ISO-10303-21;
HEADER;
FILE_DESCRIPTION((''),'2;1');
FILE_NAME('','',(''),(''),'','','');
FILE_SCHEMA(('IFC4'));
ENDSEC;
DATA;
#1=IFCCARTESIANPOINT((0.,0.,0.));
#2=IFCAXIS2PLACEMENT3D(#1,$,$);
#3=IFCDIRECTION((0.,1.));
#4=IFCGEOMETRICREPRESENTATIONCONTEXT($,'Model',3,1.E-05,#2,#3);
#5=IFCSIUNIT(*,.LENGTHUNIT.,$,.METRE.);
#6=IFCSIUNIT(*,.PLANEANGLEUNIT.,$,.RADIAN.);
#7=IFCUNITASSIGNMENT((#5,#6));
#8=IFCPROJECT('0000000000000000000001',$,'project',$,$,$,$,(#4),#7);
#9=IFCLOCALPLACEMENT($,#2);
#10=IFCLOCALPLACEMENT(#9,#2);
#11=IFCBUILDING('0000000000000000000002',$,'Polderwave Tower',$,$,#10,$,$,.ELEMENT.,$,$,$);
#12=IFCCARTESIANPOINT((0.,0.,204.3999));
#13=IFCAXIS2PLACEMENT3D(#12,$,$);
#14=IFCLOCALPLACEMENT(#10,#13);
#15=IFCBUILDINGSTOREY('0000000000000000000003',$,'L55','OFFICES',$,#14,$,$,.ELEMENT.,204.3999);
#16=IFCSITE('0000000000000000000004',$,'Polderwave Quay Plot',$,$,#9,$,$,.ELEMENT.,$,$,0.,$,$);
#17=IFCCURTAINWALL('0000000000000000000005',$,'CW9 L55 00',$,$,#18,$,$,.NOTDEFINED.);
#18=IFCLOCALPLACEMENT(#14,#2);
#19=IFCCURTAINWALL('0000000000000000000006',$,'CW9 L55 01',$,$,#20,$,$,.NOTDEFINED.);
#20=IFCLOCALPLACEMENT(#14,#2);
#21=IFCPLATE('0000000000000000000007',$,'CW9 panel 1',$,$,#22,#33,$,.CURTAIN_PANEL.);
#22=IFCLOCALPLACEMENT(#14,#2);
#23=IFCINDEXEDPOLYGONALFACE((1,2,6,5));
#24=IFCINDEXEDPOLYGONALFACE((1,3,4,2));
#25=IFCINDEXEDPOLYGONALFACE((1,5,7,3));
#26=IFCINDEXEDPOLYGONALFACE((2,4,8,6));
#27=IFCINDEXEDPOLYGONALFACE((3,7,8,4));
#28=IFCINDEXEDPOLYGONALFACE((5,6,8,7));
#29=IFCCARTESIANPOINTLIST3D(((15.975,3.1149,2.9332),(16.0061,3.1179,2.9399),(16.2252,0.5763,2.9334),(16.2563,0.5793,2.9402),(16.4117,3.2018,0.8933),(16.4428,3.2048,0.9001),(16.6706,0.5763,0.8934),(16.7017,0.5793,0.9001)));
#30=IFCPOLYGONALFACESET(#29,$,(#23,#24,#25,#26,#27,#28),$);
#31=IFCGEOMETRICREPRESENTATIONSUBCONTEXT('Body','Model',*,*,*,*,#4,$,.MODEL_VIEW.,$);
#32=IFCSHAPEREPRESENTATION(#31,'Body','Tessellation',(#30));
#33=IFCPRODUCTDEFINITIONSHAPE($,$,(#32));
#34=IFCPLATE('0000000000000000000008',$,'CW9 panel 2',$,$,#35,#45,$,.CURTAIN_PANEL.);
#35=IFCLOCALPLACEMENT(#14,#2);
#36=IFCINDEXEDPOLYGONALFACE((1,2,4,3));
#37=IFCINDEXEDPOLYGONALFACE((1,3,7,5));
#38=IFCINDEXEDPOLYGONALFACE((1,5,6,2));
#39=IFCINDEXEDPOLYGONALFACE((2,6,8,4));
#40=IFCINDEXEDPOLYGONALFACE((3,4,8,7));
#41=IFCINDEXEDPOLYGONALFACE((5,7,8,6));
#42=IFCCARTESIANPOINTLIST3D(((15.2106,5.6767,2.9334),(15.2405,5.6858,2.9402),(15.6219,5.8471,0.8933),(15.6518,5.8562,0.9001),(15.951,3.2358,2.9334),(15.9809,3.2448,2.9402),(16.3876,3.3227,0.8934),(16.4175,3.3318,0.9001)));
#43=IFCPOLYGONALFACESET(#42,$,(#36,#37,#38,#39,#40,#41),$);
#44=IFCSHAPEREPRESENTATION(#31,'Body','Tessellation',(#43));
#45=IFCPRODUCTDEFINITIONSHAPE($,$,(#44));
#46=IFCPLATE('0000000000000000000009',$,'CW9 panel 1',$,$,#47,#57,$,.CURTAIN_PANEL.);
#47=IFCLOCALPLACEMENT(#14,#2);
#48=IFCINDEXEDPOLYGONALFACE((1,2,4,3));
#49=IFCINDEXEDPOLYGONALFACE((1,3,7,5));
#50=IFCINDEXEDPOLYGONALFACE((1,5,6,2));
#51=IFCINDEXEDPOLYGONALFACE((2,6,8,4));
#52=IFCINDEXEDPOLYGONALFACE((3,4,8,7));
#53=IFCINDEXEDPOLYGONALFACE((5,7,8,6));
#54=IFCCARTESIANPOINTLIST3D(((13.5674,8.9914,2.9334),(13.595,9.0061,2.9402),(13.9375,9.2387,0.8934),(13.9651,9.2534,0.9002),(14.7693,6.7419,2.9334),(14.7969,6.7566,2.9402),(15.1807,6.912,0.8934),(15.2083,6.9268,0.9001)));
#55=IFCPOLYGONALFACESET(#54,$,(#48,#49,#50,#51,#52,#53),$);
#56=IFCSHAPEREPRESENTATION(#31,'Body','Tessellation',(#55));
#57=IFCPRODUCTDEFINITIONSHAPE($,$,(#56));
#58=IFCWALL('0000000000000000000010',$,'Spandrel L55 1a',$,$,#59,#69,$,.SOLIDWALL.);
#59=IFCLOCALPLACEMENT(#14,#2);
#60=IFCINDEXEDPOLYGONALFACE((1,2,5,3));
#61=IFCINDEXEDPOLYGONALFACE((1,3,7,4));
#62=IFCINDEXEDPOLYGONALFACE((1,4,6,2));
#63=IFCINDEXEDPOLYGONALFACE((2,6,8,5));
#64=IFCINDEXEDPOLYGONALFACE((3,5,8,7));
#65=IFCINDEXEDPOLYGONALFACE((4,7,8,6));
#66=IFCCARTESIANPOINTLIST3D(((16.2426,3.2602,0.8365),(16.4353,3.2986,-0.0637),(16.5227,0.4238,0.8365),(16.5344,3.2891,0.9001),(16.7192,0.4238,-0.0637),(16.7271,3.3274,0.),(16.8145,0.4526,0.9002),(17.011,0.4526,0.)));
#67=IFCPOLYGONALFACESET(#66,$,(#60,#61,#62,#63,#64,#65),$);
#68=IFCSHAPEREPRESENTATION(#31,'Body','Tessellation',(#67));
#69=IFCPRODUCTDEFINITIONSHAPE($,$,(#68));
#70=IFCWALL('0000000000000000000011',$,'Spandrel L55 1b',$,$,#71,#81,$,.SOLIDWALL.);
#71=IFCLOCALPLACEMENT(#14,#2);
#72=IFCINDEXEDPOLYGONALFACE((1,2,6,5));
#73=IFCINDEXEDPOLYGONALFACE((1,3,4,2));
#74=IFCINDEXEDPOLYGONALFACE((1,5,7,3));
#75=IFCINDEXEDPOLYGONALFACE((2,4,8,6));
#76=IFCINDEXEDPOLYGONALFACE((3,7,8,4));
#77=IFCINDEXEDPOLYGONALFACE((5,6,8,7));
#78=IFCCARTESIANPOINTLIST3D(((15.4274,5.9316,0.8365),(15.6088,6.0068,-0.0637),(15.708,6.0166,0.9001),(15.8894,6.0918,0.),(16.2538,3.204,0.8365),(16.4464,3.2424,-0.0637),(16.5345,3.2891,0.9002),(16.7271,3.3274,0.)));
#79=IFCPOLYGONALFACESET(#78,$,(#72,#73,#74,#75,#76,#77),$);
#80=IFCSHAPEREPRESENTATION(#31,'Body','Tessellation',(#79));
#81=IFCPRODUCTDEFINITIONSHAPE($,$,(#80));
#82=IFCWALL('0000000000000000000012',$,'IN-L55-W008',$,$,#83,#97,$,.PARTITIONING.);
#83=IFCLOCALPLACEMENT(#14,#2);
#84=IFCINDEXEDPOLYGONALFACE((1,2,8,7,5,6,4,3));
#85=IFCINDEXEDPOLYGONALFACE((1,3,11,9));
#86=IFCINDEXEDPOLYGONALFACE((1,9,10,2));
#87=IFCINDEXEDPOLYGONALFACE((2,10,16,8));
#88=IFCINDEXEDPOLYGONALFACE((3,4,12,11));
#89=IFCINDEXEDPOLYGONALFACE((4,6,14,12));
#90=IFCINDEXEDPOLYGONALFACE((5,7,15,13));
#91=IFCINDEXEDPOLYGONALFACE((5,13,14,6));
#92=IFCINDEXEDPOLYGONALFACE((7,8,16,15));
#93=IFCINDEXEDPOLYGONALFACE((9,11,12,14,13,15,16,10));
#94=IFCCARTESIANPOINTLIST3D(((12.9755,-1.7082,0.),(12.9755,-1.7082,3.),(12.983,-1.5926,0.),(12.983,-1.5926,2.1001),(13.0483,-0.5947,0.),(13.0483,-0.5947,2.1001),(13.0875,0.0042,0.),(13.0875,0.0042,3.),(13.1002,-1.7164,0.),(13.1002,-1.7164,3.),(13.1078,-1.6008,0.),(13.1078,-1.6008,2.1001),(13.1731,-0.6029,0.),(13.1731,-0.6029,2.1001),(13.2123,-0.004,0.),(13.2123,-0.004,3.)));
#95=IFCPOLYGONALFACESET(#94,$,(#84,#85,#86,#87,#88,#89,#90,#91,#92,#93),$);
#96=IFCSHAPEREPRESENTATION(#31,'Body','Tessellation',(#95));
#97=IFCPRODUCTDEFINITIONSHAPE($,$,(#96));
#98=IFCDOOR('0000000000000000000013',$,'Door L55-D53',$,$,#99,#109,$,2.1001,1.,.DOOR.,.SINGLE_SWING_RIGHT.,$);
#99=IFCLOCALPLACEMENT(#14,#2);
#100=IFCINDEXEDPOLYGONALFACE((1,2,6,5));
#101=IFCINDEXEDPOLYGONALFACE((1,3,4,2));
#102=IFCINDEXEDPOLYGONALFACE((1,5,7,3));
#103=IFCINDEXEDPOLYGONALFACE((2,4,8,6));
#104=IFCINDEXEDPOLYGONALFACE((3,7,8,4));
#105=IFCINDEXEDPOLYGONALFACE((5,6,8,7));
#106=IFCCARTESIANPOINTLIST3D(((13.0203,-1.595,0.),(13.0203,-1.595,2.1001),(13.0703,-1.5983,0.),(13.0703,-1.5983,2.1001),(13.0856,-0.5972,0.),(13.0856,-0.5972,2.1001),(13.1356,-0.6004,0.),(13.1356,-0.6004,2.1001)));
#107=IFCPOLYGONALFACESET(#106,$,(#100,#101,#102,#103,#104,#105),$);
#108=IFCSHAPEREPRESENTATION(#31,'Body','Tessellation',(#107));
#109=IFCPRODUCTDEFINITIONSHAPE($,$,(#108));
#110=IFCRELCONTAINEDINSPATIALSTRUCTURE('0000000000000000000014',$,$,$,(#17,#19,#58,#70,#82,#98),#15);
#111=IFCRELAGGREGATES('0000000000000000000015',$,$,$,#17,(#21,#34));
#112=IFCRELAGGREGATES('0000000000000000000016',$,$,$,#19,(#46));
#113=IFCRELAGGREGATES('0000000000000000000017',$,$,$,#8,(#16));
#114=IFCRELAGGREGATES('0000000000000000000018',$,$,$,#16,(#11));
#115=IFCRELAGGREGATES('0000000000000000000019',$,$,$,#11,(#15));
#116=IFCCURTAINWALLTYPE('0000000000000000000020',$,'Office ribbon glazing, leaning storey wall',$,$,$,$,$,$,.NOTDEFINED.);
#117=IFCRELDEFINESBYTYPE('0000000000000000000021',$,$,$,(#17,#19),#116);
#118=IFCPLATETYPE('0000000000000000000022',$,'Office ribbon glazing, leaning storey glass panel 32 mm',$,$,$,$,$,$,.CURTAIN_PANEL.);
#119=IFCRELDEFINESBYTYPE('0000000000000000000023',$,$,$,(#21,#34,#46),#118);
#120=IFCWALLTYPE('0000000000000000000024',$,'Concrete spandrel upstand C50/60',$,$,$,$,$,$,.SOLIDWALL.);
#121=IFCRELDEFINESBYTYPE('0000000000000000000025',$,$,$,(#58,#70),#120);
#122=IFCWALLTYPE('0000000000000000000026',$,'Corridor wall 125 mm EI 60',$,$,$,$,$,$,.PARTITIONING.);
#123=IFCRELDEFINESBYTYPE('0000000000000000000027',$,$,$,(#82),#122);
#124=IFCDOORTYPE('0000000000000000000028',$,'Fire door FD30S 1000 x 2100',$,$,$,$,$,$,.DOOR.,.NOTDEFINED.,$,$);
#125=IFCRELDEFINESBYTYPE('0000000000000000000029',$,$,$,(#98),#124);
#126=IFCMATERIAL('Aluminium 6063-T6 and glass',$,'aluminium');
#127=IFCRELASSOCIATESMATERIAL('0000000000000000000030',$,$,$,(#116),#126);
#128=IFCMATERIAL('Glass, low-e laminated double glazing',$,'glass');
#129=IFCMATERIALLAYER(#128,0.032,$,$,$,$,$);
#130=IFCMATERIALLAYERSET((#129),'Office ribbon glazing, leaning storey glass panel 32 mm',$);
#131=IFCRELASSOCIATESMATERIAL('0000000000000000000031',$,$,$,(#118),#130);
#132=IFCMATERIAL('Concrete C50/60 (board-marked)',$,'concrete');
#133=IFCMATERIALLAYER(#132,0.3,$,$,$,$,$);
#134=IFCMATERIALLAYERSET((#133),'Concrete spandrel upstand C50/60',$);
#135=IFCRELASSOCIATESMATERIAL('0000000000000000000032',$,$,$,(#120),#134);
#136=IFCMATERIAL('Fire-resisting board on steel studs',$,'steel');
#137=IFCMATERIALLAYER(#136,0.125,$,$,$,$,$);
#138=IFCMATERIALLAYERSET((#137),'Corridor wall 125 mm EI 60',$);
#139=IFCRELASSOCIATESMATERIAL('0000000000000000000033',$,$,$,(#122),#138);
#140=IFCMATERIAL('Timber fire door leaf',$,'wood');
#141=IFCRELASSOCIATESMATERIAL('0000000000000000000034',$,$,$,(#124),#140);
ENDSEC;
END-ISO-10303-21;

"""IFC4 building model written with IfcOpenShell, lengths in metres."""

from ifc_helpers import new_model, si_unit, direction, frame, frame_2d, origin, place, context, subcontext, project, spatial, polyline, rectangle, outline, extrude, material, layer, layer_set, type_object, element, fill, aggregate, save


model = new_model("IFC4")

# Units and contexts
model_context = context("Model", 3, precision=1e-05, world=origin(), true_north=direction((0.0, 1.0)))
body_context = subcontext(model_context, "Body", "Model", "MODEL_VIEW")
ifc_project = project(units=[si_unit("LENGTHUNIT", "METRE"), si_unit("PLANEANGLEUNIT", "RADIAN")], contexts=[model_context])

# Site, building, storey
site_placement = place(None, origin())
site = spatial("IfcSite", under=ifc_project, at=site_placement, Name="Polderwave Quay Plot", CompositionType="ELEMENT", RefElevation=0.0)
building_placement = place(site_placement, origin())
building = spatial("IfcBuilding", under=site, at=building_placement, Name="Polderwave Tower", CompositionType="ELEMENT")
storey_placement = place(building_placement, frame((0.0, 0.0, 204.3999)))
storey = spatial("IfcBuildingStorey", under=building, at=storey_placement, Name="L55", Description="OFFICES", CompositionType="ELEMENT", Elevation=204.3999)

# Curtain wall
ifc_material_1 = material(Name="Aluminium 6063-T6 and glass", Category="aluminium")
curtain_wall_type = type_object("IfcCurtainWallType", Name="Office ribbon glazing, leaning storey wall", PredefinedType="NOTDEFINED", material=ifc_material_1)
curtain_wall_1_placement = place(storey_placement, origin())
curtain_wall_1 = element("IfcCurtainWall", 1, at=curtain_wall_1_placement, inside=storey, type_object=curtain_wall_type, Name="CW9 L55 00", PredefinedType="NOTDEFINED")

# Curtain wall
curtain_wall_2_placement = place(storey_placement, origin())
curtain_wall_2 = element("IfcCurtainWall", 2, at=curtain_wall_2_placement, inside=storey, type_object=curtain_wall_type, Name="CW9 L55 01", PredefinedType="NOTDEFINED")

# Plates
ifc_material_2 = material(Name="Glass, low-e laminated double glazing", Category="glass")
ifc_layer_1 = layer(ifc_material_2, 0.032)
ifc_layer_set_1 = layer_set([ifc_layer_1], Name="Office ribbon glazing, leaning storey glass panel 32 mm")
plate_type = type_object("IfcPlateType", Name="Office ribbon glazing, leaning storey glass panel 32 mm", PredefinedType="CURTAIN_PANEL", material=ifc_layer_set_1)
plate_1_placement = place(storey_placement, frame((16.7017, 0.5793, 0.9001), z_axis=(0.97249, 0.095871, 0.2123), x_axis=(-0.098106, 0.995176, -0.000003)))
plate_1 = element("IfcPlate", 3, at=plate_1_placement, type_object=plate_type, Name="CW9 panel 1", PredefinedType="CURTAIN_PANEL", context=body_context, shape_type="SweptSolid", body=[
    extrude(outline(polyline([(0.0, 0.0), (2.6382, 0.0), (2.5946, 2.0874), (0.0437, 2.0876), (0.0, 0.0)])), origin(), (0.0, 0.0, -1.0), 0.032),
])
plate_2_placement = place(storey_placement, frame((16.4175, 3.3318, 0.9001), z_axis=(0.935148, 0.283653, 0.212227), x_axis=(-0.290263, 0.956947, -0.000007)))
plate_2 = element("IfcPlate", 4, at=plate_2_placement, type_object=plate_type, Name="CW9 panel 2", PredefinedType="CURTAIN_PANEL", context=body_context, shape_type="SweptSolid", body=[
    extrude(outline(polyline([(0.0, 0.0), (2.638, 0.0), (2.5943, 2.0876), (0.0435, 2.0876), (0.0, 0.0)])), origin(), (0.0, 0.0, -1.0), 0.032),
])
aggregate(curtain_wall_1, [plate_1, plate_2])
plate_3_placement = place(storey_placement, frame((15.2083, 6.9268, 0.9001), z_axis=(0.861909, 0.460522, 0.21221), x_axis=(-0.471255, 0.881997, 0.000001)))
plate_3 = element("IfcPlate", 5, at=plate_3_placement, type_object=plate_type, Name="CW9 panel 1", PredefinedType="CURTAIN_PANEL", context=body_context, shape_type="SweptSolid", body=[
    extrude(outline(polyline([(0.0, 0.0), (2.638, 0.0), (2.5942, 2.0876), (0.0438, 2.0876), (0.0, 0.0)])), origin(), (0.0, 0.0, -1.0), 0.032),
])
aggregate(curtain_wall_2, [plate_3])

# Walls
ifc_material_3 = material(Name="Concrete C50/60 (board-marked)", Category="concrete")
ifc_layer_2 = layer(ifc_material_3, 0.3)
ifc_layer_set_2 = layer_set([ifc_layer_2], Name="Concrete spandrel upstand C50/60")
wall_type_1 = type_object("IfcWallType", Name="Concrete spandrel upstand C50/60", PredefinedType="SOLIDWALL", material=ifc_layer_set_2)
wall_1_placement = place(storey_placement, frame((17.011, 0.4526, 0.0), z_axis=(0.972483, 0.09603, 0.212261), x_axis=(-0.09827, 0.99516, 0.000004)))
element("IfcWall", 6, at=wall_1_placement, inside=storey, type_object=wall_type_1, Name="Spandrel L55 1a", PredefinedType="SOLIDWALL", context=body_context, shape_type="SweptSolid", body=[
    extrude(outline(polyline([(0.0, 0.0), (2.8887, 0.0), (2.8695, 0.9211), (0.0193, 0.9211), (0.0, 0.0)])), origin(), (0.0, 0.0, -1.0), 0.3),
])
wall_2_placement = place(storey_placement, frame((16.7271, 3.3274, 0.0), z_axis=(0.935243, 0.283379, 0.212173), x_axis=(-0.289982, 0.957032, 0.000002)))
element("IfcWall", 7, at=wall_2_placement, inside=storey, type_object=wall_type_1, Name="Spandrel L55 1b", PredefinedType="SOLIDWALL", context=body_context, shape_type="SweptSolid", body=[
    extrude(outline(polyline([(0.0, 0.0), (2.8885, 0.0), (2.8692, 0.9211), (0.0192, 0.9211), (0.0, 0.0)])), origin(), (0.0, 0.0, -1.0), 0.3),
])

# Wall, opening, door
ifc_material_4 = material(Name="Fire-resisting board on steel studs", Category="steel")
ifc_layer_3 = layer(ifc_material_4, 0.125)
ifc_layer_set_3 = layer_set([ifc_layer_3], Name="Corridor wall 125 mm EI 60")
wall_type_2 = type_object("IfcWallType", Name="Corridor wall 125 mm EI 60", PredefinedType="PARTITIONING", material=ifc_layer_set_3)
wall_3_placement = place(storey_placement, frame((13.1499, 0.0, 0.0), z_axis=(0.0, 0.0, 1.0), x_axis=(-0.065301, -0.997866, 0.0)))
wall_3 = element("IfcWall", 8, at=wall_3_placement, inside=storey, type_object=wall_type_2, Name="IN-L55-W008", PredefinedType="PARTITIONING", context=body_context, shape_type="SweptSolid", body=[
    extrude(rectangle(XDim=1.7161, YDim=0.125, at=frame_2d((0.8579, 0.0))), origin(), (0.0, 0.0, 1.0), 3.0),
])
opening_placement = place(wall_3_placement, frame((0.6001, 0.0, 0.0)))
opening = element("IfcOpeningElement", 9, at=opening_placement, cuts=wall_3, PredefinedType="OPENING", context=body_context, shape_type="SweptSolid", body=[
    extrude(rectangle(XDim=1.0, YDim=2.1001, at=frame_2d((0.5, 1.05))), frame((0.0, 0.0725, 0.0), z_axis=(0.0, -1.0, 0.0), x_axis=(1.0, 0.0, 0.0)), (0.0, 0.0, 1.0), 0.145),
])
ifc_material_5 = material(Name="Timber fire door leaf", Category="wood")
door_type = type_object("IfcDoorType", Name="Fire door FD30S 1000 x 2100", OperationType="NOTDEFINED", PredefinedType="DOOR", material=ifc_material_5)
door_placement = place(opening_placement, origin())
door = element("IfcDoor", 10, at=door_placement, inside=storey, type_object=door_type, Name="Door L55-D53", OperationType="SINGLE_SWING_RIGHT", OverallHeight=2.1001, OverallWidth=1.0, PredefinedType="DOOR", context=body_context, shape_type="SweptSolid", body=[
    extrude(rectangle(XDim=1.0, YDim=2.1001, at=frame_2d((0.5, 1.05))), frame((0.0, 0.0249, 0.0), z_axis=(0.0, -1.0, 0.0), x_axis=(1.0, 0.0, 0.0)), (0.0, 0.0, 1.0), 0.05),
])
fill(opening, door)

save(model, "model.ifc")
